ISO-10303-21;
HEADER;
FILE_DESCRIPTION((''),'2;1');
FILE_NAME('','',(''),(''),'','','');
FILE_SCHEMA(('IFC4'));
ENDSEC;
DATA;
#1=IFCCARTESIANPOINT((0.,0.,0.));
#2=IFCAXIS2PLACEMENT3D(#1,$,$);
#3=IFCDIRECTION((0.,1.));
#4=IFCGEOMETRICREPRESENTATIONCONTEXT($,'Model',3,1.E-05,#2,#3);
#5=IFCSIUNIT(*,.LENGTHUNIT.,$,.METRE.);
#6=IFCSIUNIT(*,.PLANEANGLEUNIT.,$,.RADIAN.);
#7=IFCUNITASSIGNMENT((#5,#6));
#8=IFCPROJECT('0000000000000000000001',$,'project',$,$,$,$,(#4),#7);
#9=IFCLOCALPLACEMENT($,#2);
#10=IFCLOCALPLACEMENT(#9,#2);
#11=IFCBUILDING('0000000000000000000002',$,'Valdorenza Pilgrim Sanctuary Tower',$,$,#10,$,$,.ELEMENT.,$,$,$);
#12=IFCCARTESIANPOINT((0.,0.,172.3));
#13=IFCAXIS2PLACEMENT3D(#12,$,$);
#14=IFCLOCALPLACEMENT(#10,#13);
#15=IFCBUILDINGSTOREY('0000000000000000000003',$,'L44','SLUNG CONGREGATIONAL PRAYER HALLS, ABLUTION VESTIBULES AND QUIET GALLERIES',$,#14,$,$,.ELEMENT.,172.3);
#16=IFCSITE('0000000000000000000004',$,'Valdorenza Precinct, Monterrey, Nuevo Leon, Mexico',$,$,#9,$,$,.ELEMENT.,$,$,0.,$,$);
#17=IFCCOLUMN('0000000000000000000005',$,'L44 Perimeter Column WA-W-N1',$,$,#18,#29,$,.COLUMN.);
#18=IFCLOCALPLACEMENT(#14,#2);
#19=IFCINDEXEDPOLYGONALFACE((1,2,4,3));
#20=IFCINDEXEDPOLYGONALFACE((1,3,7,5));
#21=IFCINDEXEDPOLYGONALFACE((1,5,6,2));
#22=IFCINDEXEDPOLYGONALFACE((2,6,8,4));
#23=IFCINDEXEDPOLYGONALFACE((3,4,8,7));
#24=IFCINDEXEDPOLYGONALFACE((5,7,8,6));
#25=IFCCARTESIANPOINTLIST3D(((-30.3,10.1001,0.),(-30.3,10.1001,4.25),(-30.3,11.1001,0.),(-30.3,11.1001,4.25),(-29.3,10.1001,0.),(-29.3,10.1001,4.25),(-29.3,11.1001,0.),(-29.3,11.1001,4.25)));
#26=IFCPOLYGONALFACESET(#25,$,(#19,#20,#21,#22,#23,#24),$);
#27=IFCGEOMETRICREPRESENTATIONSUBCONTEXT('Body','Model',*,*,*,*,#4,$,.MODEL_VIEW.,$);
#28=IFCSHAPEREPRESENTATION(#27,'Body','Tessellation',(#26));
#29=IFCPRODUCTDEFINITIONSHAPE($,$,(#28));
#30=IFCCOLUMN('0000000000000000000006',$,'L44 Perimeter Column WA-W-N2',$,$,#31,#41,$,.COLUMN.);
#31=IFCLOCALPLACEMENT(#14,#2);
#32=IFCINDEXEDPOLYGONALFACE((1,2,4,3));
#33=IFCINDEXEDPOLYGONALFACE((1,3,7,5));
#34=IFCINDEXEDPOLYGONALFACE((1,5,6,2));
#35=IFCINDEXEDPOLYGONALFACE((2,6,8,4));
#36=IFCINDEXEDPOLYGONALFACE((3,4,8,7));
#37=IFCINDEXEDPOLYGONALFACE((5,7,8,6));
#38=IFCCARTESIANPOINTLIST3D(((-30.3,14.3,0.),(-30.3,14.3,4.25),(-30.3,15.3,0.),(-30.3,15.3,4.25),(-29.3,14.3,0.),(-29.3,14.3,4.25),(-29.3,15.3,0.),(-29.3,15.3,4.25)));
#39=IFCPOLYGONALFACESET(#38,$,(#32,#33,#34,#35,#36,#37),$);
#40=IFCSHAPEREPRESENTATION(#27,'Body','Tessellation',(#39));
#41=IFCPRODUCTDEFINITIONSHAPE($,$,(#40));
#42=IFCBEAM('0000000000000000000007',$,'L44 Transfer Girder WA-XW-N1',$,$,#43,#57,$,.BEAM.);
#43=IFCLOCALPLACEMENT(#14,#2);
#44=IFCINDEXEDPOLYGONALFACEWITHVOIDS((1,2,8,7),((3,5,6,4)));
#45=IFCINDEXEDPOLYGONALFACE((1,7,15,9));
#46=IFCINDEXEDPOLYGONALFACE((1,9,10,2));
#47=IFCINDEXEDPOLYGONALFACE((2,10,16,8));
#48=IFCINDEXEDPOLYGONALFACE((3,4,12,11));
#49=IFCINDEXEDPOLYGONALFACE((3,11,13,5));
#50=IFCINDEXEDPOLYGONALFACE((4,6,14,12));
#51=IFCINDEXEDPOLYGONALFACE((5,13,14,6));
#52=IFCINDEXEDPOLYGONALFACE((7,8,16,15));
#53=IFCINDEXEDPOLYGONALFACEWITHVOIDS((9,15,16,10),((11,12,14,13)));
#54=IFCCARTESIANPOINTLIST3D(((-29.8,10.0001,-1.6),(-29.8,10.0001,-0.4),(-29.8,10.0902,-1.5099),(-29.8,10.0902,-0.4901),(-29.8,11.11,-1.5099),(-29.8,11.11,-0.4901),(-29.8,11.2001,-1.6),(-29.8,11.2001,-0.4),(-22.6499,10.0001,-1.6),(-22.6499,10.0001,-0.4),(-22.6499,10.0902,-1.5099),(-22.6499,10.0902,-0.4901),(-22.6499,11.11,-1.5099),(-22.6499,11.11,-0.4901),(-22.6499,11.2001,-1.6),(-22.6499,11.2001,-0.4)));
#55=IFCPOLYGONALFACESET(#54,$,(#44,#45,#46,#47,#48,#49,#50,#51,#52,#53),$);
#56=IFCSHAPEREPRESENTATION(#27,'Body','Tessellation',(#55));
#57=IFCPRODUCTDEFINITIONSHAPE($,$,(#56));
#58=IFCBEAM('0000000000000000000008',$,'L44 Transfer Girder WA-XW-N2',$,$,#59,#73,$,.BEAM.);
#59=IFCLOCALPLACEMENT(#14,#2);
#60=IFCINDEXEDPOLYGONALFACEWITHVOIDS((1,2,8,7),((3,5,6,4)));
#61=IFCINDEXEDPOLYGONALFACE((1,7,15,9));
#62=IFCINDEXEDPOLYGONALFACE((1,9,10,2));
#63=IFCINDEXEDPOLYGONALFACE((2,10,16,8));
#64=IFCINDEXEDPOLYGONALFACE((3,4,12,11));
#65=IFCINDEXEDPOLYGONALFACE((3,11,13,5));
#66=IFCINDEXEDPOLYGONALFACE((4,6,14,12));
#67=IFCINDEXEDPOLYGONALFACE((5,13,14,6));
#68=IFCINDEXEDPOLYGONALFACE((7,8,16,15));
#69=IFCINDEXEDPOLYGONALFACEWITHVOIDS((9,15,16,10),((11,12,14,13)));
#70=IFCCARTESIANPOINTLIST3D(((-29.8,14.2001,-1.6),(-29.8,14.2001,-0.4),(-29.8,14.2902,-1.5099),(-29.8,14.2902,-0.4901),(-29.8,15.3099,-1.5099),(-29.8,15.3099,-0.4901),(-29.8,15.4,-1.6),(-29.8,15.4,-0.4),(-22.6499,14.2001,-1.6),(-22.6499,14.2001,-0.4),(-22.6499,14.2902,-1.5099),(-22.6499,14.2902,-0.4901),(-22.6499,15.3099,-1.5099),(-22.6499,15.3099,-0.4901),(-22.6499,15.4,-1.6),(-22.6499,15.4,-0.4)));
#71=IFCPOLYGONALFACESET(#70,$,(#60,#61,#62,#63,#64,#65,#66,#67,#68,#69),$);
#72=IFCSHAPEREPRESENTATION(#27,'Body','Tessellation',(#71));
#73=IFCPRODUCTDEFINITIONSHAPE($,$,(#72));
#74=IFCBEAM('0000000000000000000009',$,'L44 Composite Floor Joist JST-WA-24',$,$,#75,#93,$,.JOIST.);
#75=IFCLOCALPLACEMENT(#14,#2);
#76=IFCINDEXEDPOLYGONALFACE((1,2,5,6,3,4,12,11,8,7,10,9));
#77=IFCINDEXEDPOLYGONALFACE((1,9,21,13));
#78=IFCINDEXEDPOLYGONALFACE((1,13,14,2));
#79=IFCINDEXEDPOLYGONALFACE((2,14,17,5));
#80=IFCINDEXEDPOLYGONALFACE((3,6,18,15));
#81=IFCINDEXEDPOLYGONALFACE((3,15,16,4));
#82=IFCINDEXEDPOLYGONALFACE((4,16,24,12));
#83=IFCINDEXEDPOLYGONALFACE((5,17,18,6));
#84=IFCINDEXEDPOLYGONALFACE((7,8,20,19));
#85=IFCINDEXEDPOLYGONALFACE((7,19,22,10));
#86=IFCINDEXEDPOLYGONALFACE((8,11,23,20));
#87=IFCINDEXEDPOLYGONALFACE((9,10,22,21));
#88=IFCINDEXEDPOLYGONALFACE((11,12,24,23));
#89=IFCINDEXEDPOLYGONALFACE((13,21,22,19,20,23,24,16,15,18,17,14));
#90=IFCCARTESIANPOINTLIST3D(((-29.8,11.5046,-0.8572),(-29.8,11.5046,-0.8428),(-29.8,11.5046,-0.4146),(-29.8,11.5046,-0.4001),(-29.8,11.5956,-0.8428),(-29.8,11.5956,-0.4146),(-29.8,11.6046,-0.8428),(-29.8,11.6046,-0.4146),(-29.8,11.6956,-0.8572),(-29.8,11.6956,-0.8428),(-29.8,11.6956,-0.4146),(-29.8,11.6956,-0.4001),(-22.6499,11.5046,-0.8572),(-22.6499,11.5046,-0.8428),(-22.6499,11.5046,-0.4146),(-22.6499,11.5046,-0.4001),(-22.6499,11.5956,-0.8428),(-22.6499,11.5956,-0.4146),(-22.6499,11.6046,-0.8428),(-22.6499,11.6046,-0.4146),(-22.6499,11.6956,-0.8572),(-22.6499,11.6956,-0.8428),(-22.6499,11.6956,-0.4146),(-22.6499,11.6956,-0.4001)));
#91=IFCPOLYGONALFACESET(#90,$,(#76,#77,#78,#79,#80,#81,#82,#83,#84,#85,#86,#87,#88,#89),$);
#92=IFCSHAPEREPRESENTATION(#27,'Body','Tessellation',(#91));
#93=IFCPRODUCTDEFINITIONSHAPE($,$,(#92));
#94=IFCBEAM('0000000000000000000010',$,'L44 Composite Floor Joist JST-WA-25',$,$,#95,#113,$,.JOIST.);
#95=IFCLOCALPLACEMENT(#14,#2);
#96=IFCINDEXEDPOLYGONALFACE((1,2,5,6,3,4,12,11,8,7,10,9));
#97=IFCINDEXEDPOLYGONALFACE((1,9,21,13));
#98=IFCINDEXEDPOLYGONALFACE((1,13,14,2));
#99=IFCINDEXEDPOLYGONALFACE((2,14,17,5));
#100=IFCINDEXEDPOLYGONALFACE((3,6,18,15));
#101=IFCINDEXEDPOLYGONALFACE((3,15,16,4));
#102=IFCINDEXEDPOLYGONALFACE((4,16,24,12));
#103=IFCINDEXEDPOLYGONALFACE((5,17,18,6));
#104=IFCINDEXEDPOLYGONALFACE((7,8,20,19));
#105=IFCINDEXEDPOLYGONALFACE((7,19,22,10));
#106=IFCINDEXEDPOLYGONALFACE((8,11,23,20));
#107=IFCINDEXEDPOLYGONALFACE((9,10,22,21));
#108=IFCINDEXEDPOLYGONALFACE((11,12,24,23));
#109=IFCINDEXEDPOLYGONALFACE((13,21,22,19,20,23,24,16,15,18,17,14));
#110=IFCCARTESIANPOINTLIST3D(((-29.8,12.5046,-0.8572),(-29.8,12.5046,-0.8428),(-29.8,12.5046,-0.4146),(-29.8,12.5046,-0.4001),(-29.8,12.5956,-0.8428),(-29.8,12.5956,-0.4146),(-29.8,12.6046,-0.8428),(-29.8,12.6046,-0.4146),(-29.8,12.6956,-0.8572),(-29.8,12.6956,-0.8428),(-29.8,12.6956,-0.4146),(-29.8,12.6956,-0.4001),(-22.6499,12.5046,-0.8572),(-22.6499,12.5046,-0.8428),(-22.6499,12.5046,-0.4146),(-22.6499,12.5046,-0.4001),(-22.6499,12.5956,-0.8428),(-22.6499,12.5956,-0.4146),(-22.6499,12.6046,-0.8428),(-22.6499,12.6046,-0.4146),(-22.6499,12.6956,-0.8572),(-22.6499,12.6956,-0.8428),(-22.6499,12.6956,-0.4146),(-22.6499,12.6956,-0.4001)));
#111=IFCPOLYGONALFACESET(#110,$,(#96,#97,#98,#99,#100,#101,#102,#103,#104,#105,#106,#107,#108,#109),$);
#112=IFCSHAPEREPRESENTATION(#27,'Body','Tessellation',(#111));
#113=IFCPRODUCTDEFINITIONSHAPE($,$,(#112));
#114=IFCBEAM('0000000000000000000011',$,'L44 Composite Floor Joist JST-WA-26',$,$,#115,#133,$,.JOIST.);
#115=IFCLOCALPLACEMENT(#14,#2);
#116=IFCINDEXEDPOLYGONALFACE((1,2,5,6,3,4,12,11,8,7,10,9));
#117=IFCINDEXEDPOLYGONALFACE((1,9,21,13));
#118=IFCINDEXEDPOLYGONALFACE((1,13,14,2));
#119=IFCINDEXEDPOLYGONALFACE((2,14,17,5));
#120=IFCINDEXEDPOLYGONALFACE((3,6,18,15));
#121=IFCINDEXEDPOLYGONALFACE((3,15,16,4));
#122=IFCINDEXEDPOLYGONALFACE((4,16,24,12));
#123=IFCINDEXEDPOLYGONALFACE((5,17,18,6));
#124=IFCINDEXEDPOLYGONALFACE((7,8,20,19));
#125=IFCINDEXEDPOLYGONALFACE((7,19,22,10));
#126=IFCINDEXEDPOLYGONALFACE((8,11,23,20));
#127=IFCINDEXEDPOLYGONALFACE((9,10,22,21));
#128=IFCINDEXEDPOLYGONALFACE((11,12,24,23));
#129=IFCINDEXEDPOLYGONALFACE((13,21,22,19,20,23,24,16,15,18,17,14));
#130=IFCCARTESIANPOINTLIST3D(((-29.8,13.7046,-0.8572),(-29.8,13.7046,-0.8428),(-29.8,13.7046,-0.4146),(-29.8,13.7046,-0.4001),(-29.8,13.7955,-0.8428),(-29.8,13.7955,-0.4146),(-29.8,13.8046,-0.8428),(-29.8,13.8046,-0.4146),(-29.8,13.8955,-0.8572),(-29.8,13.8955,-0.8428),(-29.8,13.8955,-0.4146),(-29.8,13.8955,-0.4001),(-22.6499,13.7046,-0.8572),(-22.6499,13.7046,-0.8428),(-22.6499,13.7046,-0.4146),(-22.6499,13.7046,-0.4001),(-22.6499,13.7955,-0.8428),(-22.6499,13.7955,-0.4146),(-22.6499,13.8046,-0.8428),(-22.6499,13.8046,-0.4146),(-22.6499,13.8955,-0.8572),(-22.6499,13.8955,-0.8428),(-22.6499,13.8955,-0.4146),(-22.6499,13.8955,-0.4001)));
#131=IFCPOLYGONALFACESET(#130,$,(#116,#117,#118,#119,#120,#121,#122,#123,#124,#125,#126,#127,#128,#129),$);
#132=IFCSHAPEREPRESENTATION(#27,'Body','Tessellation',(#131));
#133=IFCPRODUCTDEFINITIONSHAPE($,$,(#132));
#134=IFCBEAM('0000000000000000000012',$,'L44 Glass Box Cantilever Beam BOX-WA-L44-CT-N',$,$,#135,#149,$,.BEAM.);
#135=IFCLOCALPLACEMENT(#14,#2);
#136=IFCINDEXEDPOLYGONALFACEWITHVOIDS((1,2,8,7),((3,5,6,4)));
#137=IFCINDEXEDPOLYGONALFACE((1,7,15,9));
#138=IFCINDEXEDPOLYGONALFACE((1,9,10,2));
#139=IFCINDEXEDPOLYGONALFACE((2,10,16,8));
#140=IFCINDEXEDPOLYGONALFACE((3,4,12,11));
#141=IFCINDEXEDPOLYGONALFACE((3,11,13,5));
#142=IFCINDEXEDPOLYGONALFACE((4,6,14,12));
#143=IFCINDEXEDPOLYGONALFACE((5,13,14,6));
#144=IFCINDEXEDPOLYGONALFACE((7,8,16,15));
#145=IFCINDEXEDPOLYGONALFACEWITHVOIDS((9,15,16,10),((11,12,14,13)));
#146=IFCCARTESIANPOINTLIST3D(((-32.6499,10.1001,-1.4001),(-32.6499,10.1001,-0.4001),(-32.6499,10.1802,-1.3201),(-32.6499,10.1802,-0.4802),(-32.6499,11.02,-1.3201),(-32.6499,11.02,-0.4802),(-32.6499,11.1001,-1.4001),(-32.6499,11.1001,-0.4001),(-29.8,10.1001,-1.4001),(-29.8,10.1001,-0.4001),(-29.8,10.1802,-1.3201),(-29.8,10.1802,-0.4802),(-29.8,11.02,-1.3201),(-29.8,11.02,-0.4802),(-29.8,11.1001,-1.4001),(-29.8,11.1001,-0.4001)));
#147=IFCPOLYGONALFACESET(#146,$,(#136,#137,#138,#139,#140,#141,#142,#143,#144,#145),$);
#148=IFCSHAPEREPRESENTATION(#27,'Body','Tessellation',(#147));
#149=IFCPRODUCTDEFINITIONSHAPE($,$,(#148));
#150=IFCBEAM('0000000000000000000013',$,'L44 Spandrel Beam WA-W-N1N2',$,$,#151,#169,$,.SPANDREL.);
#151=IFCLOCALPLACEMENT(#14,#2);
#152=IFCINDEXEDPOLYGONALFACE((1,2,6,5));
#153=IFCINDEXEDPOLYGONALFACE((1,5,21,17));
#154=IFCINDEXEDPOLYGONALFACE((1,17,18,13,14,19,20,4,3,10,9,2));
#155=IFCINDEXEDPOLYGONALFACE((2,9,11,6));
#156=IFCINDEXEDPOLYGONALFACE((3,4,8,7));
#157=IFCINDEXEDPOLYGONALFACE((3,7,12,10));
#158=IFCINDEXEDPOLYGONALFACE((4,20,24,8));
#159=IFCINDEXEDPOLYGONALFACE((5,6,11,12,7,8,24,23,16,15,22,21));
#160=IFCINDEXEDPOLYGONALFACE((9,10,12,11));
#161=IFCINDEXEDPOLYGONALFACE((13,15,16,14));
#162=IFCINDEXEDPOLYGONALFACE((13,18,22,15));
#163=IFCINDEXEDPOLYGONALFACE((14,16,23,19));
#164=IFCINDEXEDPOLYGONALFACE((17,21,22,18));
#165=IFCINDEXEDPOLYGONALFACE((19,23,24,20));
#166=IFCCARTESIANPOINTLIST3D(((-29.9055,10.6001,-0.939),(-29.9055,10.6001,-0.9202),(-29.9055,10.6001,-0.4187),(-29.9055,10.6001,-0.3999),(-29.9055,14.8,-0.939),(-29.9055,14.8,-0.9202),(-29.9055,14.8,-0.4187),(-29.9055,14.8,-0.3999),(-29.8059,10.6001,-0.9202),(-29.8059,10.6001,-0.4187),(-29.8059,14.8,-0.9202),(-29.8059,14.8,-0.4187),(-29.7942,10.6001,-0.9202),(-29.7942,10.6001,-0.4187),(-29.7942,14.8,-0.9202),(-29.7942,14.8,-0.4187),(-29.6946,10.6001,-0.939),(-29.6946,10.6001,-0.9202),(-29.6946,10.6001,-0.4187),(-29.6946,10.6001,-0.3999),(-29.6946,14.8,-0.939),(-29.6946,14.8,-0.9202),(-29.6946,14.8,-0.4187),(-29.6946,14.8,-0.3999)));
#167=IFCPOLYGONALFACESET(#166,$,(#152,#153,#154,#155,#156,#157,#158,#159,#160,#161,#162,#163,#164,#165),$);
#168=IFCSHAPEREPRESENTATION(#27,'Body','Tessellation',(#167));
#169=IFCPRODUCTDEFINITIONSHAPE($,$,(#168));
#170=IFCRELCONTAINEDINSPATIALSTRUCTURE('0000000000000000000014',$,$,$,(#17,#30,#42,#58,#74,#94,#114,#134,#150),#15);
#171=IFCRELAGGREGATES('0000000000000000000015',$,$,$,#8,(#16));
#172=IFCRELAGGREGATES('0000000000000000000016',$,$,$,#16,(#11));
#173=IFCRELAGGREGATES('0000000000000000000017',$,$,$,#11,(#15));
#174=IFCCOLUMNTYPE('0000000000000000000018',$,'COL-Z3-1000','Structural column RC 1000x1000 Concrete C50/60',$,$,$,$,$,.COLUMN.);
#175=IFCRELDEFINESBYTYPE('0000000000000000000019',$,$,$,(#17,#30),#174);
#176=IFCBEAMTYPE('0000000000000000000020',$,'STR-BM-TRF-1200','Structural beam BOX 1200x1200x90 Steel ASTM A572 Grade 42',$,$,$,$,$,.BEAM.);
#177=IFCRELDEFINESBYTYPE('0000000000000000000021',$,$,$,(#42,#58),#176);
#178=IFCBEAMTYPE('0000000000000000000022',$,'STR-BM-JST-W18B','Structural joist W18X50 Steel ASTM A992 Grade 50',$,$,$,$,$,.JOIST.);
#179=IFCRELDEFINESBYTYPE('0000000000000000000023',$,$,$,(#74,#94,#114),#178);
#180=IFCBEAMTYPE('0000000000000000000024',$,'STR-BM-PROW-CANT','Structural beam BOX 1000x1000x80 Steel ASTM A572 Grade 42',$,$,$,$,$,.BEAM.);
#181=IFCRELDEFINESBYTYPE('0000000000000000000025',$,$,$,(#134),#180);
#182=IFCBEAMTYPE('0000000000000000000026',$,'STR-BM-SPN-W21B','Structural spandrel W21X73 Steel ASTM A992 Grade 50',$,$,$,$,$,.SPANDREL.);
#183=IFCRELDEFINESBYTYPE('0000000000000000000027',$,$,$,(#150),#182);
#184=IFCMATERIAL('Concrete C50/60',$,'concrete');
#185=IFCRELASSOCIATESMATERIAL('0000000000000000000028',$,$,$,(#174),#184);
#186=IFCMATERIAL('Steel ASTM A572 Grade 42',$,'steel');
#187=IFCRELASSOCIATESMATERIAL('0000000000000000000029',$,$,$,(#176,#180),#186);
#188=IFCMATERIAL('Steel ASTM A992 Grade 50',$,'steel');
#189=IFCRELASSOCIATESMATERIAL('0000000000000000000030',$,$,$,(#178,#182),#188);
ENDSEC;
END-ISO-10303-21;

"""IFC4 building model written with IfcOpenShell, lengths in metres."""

from ifc_helpers import new_model, si_unit, direction, frame, origin, origin_2d, place, context, subcontext, project, spatial, rectangle, hollow_rectangle, i_section, extrude, source, transform, mapped, material, material_profile, profile_set, type_object, element, save


model = new_model("IFC4")

# Units and contexts
model_context = context("Model", 3, precision=1e-05, world=origin(), true_north=direction((0.0, 1.0)))
body_context = subcontext(model_context, "Body", "Model", "MODEL_VIEW")
ifc_project = project(units=[si_unit("LENGTHUNIT", "METRE"), si_unit("PLANEANGLEUNIT", "RADIAN")], contexts=[model_context])

# Site, building, storey
site_placement = place(None, origin())
site = spatial("IfcSite", under=ifc_project, at=site_placement, Name="Valdorenza Precinct, Monterrey, Nuevo Leon, Mexico", CompositionType="ELEMENT", RefElevation=0.0)
building_placement = place(site_placement, origin())
building = spatial("IfcBuilding", under=site, at=building_placement, Name="Valdorenza Pilgrim Sanctuary Tower", CompositionType="ELEMENT")
storey_placement = place(building_placement, frame((0.0, 0.0, 172.3)))
storey = spatial("IfcBuildingStorey", under=building, at=storey_placement, Name="L44", Description="SLUNG CONGREGATIONAL PRAYER HALLS, ABLUTION VESTIBULES AND QUIET GALLERIES", CompositionType="ELEMENT", Elevation=172.3)

# Columns
ifc_material_1 = material(Name="Concrete C50/60", Category="concrete")
ifc_material_profile_1 = material_profile(ifc_material_1, rectangle(XDim=1.0, YDim=1.0, at=origin_2d()), Name="RC 1000x1000")
ifc_profile_set_1 = profile_set([ifc_material_profile_1], Name="Concrete C50/60")
column_type = type_object("IfcColumnType", Name="COL-Z3-1000", Description="Structural column RC 1000x1000 Concrete C50/60", PredefinedType="COLUMN", material=ifc_profile_set_1)
shared_shape_1 = source(origin(), body_context, "Body", "SweptSolid", [
    extrude(rectangle(XDim=1.0, YDim=1.0, at=origin_2d()), origin(), (0.0, 0.0, 1.0), 4.25),
])
for number, where, z_axis, x_axis, name in (
    (1, (-29.8, 10.6001, 0.0), (0.0, 0.0, 1.0), (1.0, 0.0, 0.0), "L44 Perimeter Column WA-W-N1"),
    (2, (-29.8, 14.8, 0.0), (0.0, 0.0, 1.0), (1.0, 0.0, 0.0), "L44 Perimeter Column WA-W-N2"),
):
    element("IfcColumn", number, at=place(storey_placement, frame(where, z_axis=z_axis, x_axis=x_axis)), inside=storey, type_object=column_type, Name=name, PredefinedType="COLUMN", context=body_context, shape_type="MappedRepresentation", body=[
        mapped(shared_shape_1, transform((0.0, 0.0, 0.0), x_axis=(1.0, 0.0, 0.0), y_axis=(0.0, 1.0, 0.0), z_axis=(0.0, 0.0, 1.0), scale=1.0)),
    ])

# Beams
ifc_material_2 = material(Name="Steel ASTM A572 Grade 42", Category="steel")
ifc_material_profile_2 = material_profile(ifc_material_2, hollow_rectangle(XDim=1.2, YDim=1.2, WallThickness=0.0901, at=origin_2d()), Name="BOX 1200x1200x90")
ifc_profile_set_2 = profile_set([ifc_material_profile_2], Name="Steel ASTM A572 Grade 42")
beam_type_1 = type_object("IfcBeamType", Name="STR-BM-TRF-1200", Description="Structural beam BOX 1200x1200x90 Steel ASTM A572 Grade 42", PredefinedType="BEAM", material=ifc_profile_set_2)
shared_shape_2 = source(origin(), body_context, "Body", "SweptSolid", [
    extrude(hollow_rectangle(XDim=1.2, YDim=1.2, WallThickness=0.0901, at=origin_2d()), origin(), (0.0, 0.0, 1.0), 7.1501),
])
for number, where, z_axis, x_axis, name in (
    (3, (-29.8, 10.6001, -1.0), (1.0, 0.0, 0.0), (0.0, 1.0, 0.0), "L44 Transfer Girder WA-XW-N1"),
    (4, (-29.8, 14.8, -1.0), (1.0, 0.0, 0.0), (0.0, 1.0, 0.0), "L44 Transfer Girder WA-XW-N2"),
):
    element("IfcBeam", number, at=place(storey_placement, frame(where, z_axis=z_axis, x_axis=x_axis)), inside=storey, type_object=beam_type_1, Name=name, PredefinedType="BEAM", context=body_context, shape_type="MappedRepresentation", body=[
        mapped(shared_shape_2, transform((0.0, 0.0, 0.0), x_axis=(1.0, 0.0, 0.0), y_axis=(0.0, 1.0, 0.0), z_axis=(0.0, 0.0, 1.0), scale=1.0)),
    ])
ifc_material_3 = material(Name="Steel ASTM A992 Grade 50", Category="steel")
ifc_material_profile_3 = material_profile(ifc_material_3, i_section(OverallWidth=0.1909, OverallDepth=0.457, WebThickness=0.009, FlangeThickness=0.0144, at=origin_2d()), Name="W18X50")
ifc_profile_set_3 = profile_set([ifc_material_profile_3], Name="Steel ASTM A992 Grade 50")
beam_type_2 = type_object("IfcBeamType", Name="STR-BM-JST-W18B", Description="Structural joist W18X50 Steel ASTM A992 Grade 50", PredefinedType="JOIST", material=ifc_profile_set_3)
shared_shape_3 = source(origin(), body_context, "Body", "SweptSolid", [
    extrude(i_section(OverallWidth=0.1909, OverallDepth=0.457, WebThickness=0.009, FlangeThickness=0.0144, at=origin_2d()), origin(), (0.0, 0.0, 1.0), 7.1501),
])
for number, where, z_axis, x_axis, name in (
    (5, (-29.8, 11.6001, -0.6287), (1.0, 0.0, 0.0), (0.0, 1.0, 0.0), "L44 Composite Floor Joist JST-WA-24"),
    (6, (-29.8, 12.6001, -0.6287), (1.0, 0.0, 0.0), (0.0, 1.0, 0.0), "L44 Composite Floor Joist JST-WA-25"),
    (7, (-29.8, 13.8, -0.6287), (1.0, 0.0, 0.0), (0.0, 1.0, 0.0), "L44 Composite Floor Joist JST-WA-26"),
):
    element("IfcBeam", number, at=place(storey_placement, frame(where, z_axis=z_axis, x_axis=x_axis)), inside=storey, type_object=beam_type_2, Name=name, PredefinedType="JOIST", context=body_context, shape_type="MappedRepresentation", body=[
        mapped(shared_shape_3, transform((0.0, 0.0, 0.0), x_axis=(1.0, 0.0, 0.0), y_axis=(0.0, 1.0, 0.0), z_axis=(0.0, 0.0, 1.0), scale=1.0)),
    ])
ifc_material_profile_4 = material_profile(ifc_material_2, hollow_rectangle(XDim=1.0, YDim=1.0, WallThickness=0.0801, at=origin_2d()), Name="BOX 1000x1000x80")
ifc_profile_set_4 = profile_set([ifc_material_profile_4], Name="Steel ASTM A572 Grade 42")
beam_type_3 = type_object("IfcBeamType", Name="STR-BM-PROW-CANT", Description="Structural beam BOX 1000x1000x80 Steel ASTM A572 Grade 42", PredefinedType="BEAM", material=ifc_profile_set_4)
shared_shape_4 = source(origin(), body_context, "Body", "SweptSolid", [
    extrude(hollow_rectangle(XDim=1.0, YDim=1.0, WallThickness=0.0801, at=origin_2d()), origin(), (0.0, 0.0, 1.0), 2.8499),
])
beam_1_placement = place(storey_placement, frame((-29.8, 10.6001, -0.9001), z_axis=(-1.0, 0.0, 0.0), x_axis=(0.0, -1.0, 0.0)))
element("IfcBeam", 8, at=beam_1_placement, inside=storey, type_object=beam_type_3, Name="L44 Glass Box Cantilever Beam BOX-WA-L44-CT-N", PredefinedType="BEAM", context=body_context, shape_type="MappedRepresentation", body=[
    mapped(shared_shape_4, transform((0.0, 0.0, 0.0), x_axis=(1.0, 0.0, 0.0), y_axis=(0.0, 1.0, 0.0), z_axis=(0.0, 0.0, 1.0), scale=1.0)),
])
ifc_material_profile_5 = material_profile(ifc_material_3, i_section(OverallWidth=0.2109, OverallDepth=0.5391, WebThickness=0.0117, FlangeThickness=0.0188, at=origin_2d()), Name="W21X73")
ifc_profile_set_5 = profile_set([ifc_material_profile_5], Name="Steel ASTM A992 Grade 50")
beam_type_4 = type_object("IfcBeamType", Name="STR-BM-SPN-W21B", Description="Structural spandrel W21X73 Steel ASTM A992 Grade 50", PredefinedType="SPANDREL", material=ifc_profile_set_5)
shared_shape_5 = source(origin(), body_context, "Body", "SweptSolid", [
    extrude(i_section(OverallWidth=0.2109, OverallDepth=0.5391, WebThickness=0.0117, FlangeThickness=0.0188, at=origin_2d()), origin(), (0.0, 0.0, 1.0), 4.2),
])
beam_2_placement = place(storey_placement, frame((-29.8, 10.6001, -0.6694), z_axis=(0.0, 1.0, 0.0), x_axis=(-1.0, 0.0, 0.0)))
element("IfcBeam", 9, at=beam_2_placement, inside=storey, type_object=beam_type_4, Name="L44 Spandrel Beam WA-W-N1N2", PredefinedType="SPANDREL", context=body_context, shape_type="MappedRepresentation", body=[
    mapped(shared_shape_5, transform((0.0, 0.0, 0.0), x_axis=(1.0, 0.0, 0.0), y_axis=(0.0, 1.0, 0.0), z_axis=(0.0, 0.0, 1.0), scale=1.0)),
])

save(model, "model.ifc")
